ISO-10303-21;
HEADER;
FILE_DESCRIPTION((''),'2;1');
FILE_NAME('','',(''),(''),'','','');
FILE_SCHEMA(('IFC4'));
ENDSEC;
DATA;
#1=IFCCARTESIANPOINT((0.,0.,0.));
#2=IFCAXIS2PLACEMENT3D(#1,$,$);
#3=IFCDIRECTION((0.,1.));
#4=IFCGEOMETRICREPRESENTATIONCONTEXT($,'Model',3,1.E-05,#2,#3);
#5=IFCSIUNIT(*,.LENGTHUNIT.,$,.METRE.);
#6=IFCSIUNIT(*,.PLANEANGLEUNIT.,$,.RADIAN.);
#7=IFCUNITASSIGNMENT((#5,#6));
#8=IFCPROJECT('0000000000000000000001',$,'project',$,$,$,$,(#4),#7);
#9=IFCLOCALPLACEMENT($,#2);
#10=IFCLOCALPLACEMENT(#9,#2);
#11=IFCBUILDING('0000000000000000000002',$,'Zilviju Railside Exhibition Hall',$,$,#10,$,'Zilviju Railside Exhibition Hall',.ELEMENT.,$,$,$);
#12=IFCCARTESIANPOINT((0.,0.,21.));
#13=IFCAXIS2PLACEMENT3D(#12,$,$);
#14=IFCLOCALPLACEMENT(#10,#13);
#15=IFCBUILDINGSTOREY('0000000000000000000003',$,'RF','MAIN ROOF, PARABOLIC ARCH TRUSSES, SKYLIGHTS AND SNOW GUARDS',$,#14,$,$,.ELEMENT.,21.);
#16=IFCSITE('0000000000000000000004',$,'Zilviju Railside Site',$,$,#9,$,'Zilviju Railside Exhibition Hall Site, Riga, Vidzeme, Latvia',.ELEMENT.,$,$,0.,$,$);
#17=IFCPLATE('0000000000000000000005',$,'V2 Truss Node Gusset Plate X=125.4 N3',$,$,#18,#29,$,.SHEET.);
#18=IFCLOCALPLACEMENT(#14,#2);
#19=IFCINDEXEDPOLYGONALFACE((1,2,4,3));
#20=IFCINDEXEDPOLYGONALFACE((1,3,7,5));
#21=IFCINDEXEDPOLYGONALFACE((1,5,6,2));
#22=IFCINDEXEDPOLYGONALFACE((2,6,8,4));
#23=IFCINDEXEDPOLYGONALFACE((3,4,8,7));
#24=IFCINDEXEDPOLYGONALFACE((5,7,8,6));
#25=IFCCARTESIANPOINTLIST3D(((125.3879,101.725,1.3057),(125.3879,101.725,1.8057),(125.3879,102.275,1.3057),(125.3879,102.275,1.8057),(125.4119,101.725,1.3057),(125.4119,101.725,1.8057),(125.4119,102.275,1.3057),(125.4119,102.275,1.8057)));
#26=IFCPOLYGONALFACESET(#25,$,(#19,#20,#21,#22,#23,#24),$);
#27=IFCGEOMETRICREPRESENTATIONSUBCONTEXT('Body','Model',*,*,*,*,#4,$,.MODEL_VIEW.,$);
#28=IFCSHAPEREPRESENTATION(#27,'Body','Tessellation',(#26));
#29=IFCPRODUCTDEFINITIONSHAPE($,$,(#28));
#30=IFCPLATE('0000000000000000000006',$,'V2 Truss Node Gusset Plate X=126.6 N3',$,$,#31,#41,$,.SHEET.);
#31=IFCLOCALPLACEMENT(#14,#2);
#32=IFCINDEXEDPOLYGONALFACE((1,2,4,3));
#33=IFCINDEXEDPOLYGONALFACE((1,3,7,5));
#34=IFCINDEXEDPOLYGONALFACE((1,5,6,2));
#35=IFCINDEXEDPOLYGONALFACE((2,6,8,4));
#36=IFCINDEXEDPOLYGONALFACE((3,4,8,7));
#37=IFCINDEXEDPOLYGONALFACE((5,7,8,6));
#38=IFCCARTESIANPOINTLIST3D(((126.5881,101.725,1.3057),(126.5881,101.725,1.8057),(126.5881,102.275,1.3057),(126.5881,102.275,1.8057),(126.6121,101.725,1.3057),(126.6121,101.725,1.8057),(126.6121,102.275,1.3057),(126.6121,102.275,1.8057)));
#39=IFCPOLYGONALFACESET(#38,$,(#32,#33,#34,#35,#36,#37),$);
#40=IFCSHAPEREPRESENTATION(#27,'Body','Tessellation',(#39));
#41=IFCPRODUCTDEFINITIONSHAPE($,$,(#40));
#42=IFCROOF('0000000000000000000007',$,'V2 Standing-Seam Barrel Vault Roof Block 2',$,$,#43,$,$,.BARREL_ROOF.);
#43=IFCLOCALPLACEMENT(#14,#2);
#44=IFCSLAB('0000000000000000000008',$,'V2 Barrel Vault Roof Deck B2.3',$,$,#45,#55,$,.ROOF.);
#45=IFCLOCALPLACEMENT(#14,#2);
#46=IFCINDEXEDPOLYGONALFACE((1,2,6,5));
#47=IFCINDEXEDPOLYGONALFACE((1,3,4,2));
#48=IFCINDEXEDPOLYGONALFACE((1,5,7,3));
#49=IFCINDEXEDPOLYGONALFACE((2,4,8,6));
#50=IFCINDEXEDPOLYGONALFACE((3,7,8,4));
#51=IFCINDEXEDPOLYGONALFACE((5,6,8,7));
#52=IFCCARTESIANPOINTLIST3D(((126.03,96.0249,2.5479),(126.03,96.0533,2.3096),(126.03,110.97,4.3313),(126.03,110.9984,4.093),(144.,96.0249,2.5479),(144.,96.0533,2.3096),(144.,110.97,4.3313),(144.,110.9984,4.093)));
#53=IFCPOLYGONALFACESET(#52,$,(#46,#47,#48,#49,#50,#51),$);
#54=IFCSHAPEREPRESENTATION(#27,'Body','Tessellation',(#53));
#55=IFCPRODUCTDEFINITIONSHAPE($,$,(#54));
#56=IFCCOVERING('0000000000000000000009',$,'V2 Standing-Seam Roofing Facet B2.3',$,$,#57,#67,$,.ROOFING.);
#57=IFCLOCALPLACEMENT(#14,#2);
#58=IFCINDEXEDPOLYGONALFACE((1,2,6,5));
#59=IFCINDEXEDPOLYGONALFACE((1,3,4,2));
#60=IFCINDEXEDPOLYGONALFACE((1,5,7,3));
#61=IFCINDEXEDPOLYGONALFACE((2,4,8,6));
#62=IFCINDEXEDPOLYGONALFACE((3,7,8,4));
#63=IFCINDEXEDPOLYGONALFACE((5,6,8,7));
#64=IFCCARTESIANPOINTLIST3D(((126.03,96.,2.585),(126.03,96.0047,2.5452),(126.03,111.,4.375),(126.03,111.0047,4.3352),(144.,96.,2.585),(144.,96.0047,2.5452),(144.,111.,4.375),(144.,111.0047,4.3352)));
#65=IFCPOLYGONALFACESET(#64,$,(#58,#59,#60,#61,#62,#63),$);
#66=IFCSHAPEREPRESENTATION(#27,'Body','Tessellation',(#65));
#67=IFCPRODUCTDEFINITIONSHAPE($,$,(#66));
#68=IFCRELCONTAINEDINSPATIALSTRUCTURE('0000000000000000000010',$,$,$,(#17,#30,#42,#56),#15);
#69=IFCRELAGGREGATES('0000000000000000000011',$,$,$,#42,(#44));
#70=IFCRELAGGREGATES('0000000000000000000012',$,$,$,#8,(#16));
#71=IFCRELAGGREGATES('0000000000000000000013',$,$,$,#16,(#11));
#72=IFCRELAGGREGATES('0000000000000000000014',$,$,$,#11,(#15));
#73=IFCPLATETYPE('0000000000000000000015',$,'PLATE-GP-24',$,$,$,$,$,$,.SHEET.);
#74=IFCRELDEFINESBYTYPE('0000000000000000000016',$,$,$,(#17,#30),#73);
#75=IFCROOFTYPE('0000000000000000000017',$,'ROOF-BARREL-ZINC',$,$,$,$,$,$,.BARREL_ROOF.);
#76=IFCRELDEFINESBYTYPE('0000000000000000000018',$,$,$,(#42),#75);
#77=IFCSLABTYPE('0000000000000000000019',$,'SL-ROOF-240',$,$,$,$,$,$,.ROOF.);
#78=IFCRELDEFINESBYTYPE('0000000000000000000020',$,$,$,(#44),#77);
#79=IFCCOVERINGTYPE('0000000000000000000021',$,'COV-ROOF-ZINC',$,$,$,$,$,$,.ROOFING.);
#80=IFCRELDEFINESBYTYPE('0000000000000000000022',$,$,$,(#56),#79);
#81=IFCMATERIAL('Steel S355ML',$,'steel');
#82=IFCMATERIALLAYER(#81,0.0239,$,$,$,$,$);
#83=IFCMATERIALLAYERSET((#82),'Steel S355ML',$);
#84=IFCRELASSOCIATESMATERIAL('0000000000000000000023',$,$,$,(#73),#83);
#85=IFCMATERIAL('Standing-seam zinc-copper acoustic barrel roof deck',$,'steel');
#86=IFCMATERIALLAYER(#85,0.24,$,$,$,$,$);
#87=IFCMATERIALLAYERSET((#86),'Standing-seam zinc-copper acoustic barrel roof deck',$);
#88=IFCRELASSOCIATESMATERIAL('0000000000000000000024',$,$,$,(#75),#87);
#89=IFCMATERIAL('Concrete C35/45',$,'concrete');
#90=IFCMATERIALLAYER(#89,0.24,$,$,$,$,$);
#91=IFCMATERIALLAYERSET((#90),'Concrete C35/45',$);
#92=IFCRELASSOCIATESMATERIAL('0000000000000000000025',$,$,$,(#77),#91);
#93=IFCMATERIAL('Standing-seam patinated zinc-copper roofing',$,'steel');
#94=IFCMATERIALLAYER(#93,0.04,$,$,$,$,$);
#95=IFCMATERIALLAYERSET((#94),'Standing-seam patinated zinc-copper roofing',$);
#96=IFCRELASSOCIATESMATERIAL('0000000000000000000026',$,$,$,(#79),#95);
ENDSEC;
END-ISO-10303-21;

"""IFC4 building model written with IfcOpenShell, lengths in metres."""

from ifc_helpers import new_model, si_unit, direction, frame, origin, origin_2d, place, context, subcontext, project, spatial, polyline, rectangle, outline, extrude, material, layer, layer_set, type_object, element, aggregate, save


model = new_model("IFC4")

# Units and contexts
model_context = context("Model", 3, precision=1e-05, world=origin(), true_north=direction((0.0, 1.0)))
body_context = subcontext(model_context, "Body", "Model", "MODEL_VIEW")
ifc_project = project(units=[si_unit("LENGTHUNIT", "METRE"), si_unit("PLANEANGLEUNIT", "RADIAN")], contexts=[model_context])

# Site, building, storey
site_placement = place(None, origin())
site = spatial("IfcSite", under=ifc_project, at=site_placement, Name="Zilviju Railside Site", LongName="Zilviju Railside Exhibition Hall Site, Riga, Vidzeme, Latvia", CompositionType="ELEMENT", RefElevation=0.0)
building_placement = place(site_placement, origin())
building = spatial("IfcBuilding", under=site, at=building_placement, Name="Zilviju Railside Exhibition Hall", LongName="Zilviju Railside Exhibition Hall", CompositionType="ELEMENT")
storey_placement = place(building_placement, frame((0.0, 0.0, 21.0)))
storey = spatial("IfcBuildingStorey", under=building, at=storey_placement, Name="RF", Description="MAIN ROOF, PARABOLIC ARCH TRUSSES, SKYLIGHTS AND SNOW GUARDS", CompositionType="ELEMENT", Elevation=21.0)

# Plates
ifc_material_1 = material(Name="Steel S355ML", Category="steel")
ifc_layer_1 = layer(ifc_material_1, 0.0239)
ifc_layer_set_1 = layer_set([ifc_layer_1], Name="Steel S355ML")
plate_type = type_object("IfcPlateType", Name="PLATE-GP-24", PredefinedType="SHEET", material=ifc_layer_set_1)
for number, where, z_axis, x_axis, name in (
    (1, (125.3999, 102.0, 1.3057), (0.0, 0.0, 1.0), (1.0, 0.0, 0.0), "V2 Truss Node Gusset Plate X=125.4 N3"),
    (2, (126.6001, 102.0, 1.3057), (0.0, 0.0, 1.0), (1.0, 0.0, 0.0), "V2 Truss Node Gusset Plate X=126.6 N3"),
):
    element("IfcPlate", number, at=place(storey_placement, frame(where, z_axis=z_axis, x_axis=x_axis)), inside=storey, type_object=plate_type, Name=name, PredefinedType="SHEET", context=body_context, shape_type="SweptSolid", body=[
        extrude(rectangle(XDim=0.0239, YDim=0.55, at=origin_2d()), origin(), (0.0, 0.0, 1.0), 0.5),
    ])

# Roof, slab
ifc_material_2 = material(Name="Standing-seam zinc-copper acoustic barrel roof deck", Category="steel")
ifc_layer_2 = layer(ifc_material_2, 0.24)
ifc_layer_set_2 = layer_set([ifc_layer_2], Name="Standing-seam zinc-copper acoustic barrel roof deck")
roof_type = type_object("IfcRoofType", Name="ROOF-BARREL-ZINC", PredefinedType="BARREL_ROOF", material=ifc_layer_set_2)
roof_placement = place(storey_placement, origin())
roof = element("IfcRoof", 3, at=roof_placement, inside=storey, type_object=roof_type, Name="V2 Standing-Seam Barrel Vault Roof Block 2", PredefinedType="BARREL_ROOF")
ifc_material_3 = material(Name="Concrete C35/45", Category="concrete")
ifc_layer_3 = layer(ifc_material_3, 0.24)
ifc_layer_set_3 = layer_set([ifc_layer_3], Name="Concrete C35/45")
slab_type = type_object("IfcSlabType", Name="SL-ROOF-240", PredefinedType="ROOF", material=ifc_layer_set_3)
slab_placement = place(storey_placement, frame((126.03, 96.0249, 2.5479), z_axis=(0.0, -0.118493, 0.992955), x_axis=(1.0, 0.0, 0.0)))
slab = element("IfcSlab", 4, at=slab_placement, type_object=slab_type, Name="V2 Barrel Vault Roof Deck B2.3", PredefinedType="ROOF", context=body_context, shape_type="SweptSolid", body=[
    extrude(outline(polyline([(0.0, 0.0), (17.97, 0.0), (17.97, 15.0511), (0.0, 15.0511), (0.0, 0.0)])), origin(), (0.0, 0.0, -1.0), 0.24),
])
aggregate(roof, [slab])

# Covering
ifc_material_4 = material(Name="Standing-seam patinated zinc-copper roofing", Category="steel")
ifc_layer_4 = layer(ifc_material_4, 0.04)
ifc_layer_set_4 = layer_set([ifc_layer_4], Name="Standing-seam patinated zinc-copper roofing")
covering_type = type_object("IfcCoveringType", Name="COV-ROOF-ZINC", PredefinedType="ROOFING", material=ifc_layer_set_4)
covering_placement = place(storey_placement, frame((126.03, 96.0, 2.585), z_axis=(0.0, -0.118495, 0.992955), x_axis=(1.0, 0.0, 0.0)))
element("IfcCovering", 5, at=covering_placement, inside=storey, type_object=covering_type, Name="V2 Standing-Seam Roofing Facet B2.3", PredefinedType="ROOFING", context=body_context, shape_type="SweptSolid", body=[
    extrude(outline(polyline([(0.0, 0.0), (17.97, 0.0), (17.97, 15.1064), (0.0, 15.1064), (0.0, 0.0)])), origin(), (0.0, 0.0, -1.0), 0.04),
])

save(model, "model.ifc")
